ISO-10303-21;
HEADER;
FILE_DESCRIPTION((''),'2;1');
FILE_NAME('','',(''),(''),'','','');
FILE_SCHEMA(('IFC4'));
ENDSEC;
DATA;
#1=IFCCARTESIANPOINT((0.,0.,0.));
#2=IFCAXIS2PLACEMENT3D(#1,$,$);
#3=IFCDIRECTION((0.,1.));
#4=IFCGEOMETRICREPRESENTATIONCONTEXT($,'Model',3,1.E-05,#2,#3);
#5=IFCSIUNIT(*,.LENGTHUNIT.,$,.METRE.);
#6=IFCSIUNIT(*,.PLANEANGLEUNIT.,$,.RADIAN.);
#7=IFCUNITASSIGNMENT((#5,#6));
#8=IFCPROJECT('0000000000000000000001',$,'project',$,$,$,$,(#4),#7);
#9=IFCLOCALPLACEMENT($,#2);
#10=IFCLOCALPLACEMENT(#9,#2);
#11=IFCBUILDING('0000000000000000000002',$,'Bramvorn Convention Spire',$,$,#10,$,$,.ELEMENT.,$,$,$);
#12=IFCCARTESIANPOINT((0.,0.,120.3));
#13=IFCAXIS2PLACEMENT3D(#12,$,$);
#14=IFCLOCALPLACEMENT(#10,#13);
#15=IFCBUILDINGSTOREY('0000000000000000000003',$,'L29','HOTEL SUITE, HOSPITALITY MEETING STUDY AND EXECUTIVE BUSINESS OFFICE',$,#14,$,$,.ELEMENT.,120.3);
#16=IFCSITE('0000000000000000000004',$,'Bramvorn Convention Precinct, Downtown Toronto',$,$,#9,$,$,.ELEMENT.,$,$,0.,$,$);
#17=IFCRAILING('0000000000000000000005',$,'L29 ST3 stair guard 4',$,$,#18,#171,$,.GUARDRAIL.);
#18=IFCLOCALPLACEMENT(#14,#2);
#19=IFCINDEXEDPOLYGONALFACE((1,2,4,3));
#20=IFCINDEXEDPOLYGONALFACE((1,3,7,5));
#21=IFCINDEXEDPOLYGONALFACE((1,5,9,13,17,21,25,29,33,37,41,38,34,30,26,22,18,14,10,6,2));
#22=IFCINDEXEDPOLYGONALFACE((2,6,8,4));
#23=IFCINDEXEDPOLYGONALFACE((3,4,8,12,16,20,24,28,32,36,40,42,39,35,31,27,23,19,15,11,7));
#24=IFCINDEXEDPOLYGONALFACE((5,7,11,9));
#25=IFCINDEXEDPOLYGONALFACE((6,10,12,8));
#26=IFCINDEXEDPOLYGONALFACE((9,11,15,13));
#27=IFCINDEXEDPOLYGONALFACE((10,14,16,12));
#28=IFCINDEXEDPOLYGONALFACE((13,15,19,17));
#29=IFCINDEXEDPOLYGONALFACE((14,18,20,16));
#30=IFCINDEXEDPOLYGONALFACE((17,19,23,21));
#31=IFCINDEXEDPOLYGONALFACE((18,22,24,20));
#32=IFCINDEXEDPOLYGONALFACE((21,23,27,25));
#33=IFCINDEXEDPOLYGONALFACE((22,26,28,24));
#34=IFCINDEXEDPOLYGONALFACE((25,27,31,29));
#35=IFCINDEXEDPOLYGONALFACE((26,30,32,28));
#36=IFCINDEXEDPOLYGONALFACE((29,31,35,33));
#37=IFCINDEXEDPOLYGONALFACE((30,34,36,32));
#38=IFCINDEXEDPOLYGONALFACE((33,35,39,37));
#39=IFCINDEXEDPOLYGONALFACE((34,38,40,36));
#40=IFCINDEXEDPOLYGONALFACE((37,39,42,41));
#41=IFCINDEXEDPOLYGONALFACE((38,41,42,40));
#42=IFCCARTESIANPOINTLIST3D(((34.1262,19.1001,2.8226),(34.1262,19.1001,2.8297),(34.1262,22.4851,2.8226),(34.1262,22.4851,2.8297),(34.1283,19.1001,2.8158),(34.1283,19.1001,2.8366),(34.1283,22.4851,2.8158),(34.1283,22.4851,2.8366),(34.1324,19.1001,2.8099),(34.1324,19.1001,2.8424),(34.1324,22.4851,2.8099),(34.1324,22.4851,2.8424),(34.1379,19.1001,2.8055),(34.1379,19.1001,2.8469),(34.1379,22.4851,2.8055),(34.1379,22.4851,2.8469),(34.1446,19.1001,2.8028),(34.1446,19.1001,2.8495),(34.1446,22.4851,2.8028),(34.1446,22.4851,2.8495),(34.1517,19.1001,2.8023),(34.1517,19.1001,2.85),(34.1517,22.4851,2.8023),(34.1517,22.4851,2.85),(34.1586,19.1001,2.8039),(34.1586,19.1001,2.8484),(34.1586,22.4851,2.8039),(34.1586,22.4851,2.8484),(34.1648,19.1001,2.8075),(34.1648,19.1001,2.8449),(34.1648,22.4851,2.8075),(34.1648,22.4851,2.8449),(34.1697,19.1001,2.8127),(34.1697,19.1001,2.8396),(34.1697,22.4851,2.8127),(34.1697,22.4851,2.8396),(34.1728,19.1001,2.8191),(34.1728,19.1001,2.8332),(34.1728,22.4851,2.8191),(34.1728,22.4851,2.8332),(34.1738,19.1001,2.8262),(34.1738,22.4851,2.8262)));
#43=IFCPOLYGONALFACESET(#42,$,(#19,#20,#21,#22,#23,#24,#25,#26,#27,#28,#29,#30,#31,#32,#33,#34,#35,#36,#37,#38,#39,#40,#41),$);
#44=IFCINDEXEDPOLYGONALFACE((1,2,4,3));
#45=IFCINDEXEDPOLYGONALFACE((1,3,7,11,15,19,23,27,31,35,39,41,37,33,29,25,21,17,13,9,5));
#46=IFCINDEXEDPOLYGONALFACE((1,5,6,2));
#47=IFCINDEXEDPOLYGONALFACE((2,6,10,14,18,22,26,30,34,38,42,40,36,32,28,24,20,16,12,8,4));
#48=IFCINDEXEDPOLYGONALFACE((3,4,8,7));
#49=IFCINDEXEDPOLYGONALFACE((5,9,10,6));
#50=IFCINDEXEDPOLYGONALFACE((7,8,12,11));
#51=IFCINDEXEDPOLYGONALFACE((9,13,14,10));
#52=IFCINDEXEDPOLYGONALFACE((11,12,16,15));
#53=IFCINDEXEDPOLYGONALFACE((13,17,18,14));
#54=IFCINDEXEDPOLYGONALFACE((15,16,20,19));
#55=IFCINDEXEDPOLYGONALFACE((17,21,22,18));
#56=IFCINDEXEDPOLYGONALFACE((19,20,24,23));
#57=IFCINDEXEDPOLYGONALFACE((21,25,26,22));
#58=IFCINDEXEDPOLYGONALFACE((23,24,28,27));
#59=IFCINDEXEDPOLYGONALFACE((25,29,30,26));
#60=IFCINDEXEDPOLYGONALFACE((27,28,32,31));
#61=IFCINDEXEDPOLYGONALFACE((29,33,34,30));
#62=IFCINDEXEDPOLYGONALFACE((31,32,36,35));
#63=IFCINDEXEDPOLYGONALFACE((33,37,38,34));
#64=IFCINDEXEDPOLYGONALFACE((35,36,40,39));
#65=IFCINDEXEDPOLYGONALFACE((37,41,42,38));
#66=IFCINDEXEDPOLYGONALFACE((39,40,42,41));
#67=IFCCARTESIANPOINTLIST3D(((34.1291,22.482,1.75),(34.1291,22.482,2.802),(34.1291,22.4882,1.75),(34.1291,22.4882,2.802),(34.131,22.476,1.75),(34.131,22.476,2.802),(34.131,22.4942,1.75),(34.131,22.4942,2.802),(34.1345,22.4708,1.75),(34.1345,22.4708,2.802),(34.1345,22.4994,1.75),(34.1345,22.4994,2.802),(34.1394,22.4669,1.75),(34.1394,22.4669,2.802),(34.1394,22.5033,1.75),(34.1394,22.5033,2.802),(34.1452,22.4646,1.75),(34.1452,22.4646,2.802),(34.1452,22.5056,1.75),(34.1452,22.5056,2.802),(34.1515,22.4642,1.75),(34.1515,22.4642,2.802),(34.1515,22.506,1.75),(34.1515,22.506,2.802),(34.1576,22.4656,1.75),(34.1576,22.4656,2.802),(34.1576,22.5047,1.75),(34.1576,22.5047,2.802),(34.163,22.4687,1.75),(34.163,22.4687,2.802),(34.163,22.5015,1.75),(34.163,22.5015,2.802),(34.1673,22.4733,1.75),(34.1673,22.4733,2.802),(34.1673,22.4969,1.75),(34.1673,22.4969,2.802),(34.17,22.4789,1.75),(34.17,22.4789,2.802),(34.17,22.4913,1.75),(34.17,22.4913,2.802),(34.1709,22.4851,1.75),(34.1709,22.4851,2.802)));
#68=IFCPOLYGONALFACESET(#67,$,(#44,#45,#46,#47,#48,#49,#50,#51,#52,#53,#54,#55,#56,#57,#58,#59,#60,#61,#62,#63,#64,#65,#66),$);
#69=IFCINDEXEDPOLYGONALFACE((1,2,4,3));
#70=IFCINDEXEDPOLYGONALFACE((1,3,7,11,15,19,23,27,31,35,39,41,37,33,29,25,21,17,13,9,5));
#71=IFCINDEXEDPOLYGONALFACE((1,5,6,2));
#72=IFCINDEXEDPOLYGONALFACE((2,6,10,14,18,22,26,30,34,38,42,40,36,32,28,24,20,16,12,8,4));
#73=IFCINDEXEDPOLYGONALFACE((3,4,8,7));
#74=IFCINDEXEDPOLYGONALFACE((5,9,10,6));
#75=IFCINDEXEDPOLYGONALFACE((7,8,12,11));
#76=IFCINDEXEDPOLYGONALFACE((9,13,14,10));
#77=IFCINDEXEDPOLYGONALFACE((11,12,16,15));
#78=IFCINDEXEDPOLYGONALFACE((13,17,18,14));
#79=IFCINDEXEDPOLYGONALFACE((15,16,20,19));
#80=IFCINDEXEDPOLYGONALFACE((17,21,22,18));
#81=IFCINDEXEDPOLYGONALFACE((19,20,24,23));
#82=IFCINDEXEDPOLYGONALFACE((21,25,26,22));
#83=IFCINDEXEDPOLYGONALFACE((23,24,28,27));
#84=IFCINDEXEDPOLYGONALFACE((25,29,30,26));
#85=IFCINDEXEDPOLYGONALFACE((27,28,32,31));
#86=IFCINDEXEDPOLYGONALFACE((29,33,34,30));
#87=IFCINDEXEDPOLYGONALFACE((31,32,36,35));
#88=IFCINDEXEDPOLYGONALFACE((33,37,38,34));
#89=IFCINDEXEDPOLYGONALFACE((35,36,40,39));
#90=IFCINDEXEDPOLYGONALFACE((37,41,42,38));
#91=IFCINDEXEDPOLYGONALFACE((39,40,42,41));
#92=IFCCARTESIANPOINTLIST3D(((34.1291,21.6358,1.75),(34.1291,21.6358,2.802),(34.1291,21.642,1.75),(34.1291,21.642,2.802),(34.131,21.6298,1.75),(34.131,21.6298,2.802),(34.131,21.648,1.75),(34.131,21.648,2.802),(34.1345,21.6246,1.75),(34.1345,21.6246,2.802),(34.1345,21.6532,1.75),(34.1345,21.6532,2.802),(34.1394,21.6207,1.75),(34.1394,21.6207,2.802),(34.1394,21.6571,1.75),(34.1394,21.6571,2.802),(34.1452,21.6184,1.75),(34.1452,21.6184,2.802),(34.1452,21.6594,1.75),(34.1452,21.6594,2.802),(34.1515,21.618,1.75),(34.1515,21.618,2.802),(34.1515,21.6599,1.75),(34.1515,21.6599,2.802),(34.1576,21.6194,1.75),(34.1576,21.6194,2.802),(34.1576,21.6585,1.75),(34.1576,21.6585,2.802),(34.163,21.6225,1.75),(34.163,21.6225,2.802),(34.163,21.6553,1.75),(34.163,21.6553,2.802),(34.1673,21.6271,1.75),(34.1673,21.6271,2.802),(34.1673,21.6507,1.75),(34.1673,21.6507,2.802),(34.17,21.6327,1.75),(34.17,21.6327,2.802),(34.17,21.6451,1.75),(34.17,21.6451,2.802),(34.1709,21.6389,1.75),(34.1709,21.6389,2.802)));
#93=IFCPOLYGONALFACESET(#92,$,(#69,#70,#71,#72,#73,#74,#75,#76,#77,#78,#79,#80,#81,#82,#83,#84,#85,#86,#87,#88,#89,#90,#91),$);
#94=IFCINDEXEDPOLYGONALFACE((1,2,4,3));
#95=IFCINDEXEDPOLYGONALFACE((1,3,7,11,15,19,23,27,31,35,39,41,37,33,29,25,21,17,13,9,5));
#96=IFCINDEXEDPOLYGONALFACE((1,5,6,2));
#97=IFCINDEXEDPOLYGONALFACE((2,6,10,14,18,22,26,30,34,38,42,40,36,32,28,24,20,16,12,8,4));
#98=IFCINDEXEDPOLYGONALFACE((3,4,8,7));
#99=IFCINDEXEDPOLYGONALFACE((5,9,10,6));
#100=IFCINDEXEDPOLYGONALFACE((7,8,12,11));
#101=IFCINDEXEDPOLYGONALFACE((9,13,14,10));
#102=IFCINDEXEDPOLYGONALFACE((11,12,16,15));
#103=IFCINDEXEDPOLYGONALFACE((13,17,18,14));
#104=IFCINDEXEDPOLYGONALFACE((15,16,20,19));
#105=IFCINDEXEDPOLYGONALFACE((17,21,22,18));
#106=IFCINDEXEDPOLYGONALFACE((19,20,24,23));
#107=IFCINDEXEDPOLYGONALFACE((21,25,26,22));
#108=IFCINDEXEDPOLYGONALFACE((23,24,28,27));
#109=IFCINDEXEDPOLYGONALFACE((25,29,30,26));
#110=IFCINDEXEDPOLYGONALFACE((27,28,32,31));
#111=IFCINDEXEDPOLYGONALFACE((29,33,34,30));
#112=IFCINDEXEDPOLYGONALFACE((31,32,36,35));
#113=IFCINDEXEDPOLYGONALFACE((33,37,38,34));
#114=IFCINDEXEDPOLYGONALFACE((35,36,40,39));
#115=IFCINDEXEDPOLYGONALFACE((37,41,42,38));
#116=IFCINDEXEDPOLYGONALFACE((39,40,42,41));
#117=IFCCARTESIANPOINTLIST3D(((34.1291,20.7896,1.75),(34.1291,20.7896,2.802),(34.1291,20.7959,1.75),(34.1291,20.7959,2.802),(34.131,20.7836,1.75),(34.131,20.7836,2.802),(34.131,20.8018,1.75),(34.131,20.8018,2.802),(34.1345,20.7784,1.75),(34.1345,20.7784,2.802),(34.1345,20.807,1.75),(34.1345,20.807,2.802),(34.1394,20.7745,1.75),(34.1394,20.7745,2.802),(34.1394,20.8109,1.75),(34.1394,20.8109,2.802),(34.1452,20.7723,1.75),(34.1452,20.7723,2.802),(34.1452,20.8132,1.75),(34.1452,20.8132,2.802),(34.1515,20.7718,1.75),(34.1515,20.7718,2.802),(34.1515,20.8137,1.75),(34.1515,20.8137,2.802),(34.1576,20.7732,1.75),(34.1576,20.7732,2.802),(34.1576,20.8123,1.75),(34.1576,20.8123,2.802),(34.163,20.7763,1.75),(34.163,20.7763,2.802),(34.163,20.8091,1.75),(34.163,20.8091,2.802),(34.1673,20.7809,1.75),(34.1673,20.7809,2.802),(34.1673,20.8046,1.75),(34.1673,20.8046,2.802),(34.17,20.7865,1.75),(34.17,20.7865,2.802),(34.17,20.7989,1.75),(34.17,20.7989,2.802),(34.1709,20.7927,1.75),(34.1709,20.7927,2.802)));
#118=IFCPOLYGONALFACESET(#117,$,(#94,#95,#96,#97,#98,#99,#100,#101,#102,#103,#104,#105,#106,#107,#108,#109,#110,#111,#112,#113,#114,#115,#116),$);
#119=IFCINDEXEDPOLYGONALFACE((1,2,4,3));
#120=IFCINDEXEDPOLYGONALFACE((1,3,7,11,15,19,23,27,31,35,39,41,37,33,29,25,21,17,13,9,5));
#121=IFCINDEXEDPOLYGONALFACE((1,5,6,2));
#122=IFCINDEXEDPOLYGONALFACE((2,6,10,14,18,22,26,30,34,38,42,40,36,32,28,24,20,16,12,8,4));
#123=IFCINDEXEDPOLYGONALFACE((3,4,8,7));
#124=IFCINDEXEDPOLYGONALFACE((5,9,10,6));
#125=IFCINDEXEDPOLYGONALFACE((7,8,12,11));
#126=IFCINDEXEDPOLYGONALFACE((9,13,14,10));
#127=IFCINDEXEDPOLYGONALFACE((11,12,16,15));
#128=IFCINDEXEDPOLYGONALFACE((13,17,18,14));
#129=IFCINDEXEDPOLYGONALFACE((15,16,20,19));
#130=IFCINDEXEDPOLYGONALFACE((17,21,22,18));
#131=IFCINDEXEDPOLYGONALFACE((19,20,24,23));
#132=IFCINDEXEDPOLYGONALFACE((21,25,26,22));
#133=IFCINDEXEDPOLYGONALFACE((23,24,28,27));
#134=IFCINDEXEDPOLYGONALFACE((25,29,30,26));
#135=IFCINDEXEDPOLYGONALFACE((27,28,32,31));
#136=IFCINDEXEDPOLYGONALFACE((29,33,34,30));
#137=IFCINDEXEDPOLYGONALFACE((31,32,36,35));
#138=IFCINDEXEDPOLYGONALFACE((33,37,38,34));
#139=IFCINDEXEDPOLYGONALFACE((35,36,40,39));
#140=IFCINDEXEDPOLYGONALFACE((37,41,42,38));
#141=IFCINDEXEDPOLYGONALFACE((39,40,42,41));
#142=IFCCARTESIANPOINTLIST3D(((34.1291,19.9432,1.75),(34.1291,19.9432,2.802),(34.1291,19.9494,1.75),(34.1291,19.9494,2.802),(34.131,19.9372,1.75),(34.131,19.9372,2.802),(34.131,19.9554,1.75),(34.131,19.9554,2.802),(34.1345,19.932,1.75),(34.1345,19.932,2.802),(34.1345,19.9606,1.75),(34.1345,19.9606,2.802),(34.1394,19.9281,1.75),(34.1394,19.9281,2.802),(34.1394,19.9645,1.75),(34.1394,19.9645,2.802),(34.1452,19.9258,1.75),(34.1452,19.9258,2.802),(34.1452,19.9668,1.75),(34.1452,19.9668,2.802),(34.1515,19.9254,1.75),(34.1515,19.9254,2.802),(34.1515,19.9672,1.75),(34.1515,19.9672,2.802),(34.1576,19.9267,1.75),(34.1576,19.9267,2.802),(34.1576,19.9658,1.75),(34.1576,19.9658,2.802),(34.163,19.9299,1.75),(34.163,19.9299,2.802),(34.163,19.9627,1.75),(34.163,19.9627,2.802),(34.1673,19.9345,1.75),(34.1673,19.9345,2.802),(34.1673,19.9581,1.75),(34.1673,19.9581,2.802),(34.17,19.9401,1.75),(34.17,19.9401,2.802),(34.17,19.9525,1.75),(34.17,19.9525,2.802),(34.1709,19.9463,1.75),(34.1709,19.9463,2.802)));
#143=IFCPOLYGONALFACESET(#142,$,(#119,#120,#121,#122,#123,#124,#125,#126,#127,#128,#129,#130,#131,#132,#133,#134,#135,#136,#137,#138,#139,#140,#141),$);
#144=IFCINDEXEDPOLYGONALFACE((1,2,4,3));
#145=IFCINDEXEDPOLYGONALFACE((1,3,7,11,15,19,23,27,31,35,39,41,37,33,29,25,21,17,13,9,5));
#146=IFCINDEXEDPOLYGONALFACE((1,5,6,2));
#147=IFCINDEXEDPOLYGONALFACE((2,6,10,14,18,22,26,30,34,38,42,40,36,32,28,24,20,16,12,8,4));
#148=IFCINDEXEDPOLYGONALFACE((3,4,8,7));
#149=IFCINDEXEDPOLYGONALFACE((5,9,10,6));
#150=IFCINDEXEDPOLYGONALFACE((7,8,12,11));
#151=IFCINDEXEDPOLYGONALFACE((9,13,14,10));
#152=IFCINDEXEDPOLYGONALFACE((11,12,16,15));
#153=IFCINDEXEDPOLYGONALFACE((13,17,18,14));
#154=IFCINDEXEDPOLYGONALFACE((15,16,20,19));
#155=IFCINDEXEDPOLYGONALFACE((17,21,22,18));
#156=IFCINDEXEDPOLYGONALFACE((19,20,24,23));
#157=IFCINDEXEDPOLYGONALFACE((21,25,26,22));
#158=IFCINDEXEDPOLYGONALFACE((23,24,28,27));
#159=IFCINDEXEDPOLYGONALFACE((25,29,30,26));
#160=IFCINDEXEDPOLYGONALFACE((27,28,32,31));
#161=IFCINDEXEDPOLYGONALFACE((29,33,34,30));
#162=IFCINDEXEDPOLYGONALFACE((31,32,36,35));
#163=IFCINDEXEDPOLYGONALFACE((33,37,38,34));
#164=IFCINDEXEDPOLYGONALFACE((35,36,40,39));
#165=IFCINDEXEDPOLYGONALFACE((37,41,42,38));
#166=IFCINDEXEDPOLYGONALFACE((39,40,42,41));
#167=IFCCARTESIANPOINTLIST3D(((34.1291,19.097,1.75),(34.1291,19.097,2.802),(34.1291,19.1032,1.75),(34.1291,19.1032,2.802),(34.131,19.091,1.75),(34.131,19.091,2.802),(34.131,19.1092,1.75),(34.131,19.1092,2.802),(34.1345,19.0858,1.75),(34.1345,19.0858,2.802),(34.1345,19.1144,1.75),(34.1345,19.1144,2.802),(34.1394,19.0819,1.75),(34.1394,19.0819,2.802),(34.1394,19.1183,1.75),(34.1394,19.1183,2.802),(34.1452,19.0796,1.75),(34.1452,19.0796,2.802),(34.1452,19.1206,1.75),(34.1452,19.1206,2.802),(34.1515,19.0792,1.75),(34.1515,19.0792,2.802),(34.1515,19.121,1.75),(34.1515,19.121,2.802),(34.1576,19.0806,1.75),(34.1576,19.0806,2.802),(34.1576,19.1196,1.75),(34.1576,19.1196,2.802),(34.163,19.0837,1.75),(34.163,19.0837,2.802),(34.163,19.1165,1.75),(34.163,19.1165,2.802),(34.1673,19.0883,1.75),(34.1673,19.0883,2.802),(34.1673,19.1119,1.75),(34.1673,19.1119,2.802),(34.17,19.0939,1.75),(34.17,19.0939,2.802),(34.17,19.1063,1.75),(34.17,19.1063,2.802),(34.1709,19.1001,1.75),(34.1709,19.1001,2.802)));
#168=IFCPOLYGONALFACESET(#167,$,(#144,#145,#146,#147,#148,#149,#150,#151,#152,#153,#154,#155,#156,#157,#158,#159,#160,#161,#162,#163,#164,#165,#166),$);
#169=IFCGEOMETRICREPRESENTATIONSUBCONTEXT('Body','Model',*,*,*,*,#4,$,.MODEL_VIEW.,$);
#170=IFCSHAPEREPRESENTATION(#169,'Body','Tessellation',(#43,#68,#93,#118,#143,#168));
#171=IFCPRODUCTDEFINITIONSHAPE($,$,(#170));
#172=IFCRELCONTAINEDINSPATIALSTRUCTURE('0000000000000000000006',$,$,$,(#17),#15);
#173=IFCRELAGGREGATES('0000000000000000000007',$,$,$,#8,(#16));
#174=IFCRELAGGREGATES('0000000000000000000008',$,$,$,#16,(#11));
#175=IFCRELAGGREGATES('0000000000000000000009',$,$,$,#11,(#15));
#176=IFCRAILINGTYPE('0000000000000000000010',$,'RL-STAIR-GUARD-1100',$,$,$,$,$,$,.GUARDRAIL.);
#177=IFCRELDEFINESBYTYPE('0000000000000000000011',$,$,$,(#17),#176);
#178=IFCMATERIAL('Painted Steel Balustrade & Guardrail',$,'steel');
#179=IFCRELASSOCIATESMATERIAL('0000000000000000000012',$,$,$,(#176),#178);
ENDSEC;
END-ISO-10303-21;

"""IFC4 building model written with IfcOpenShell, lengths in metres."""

from ifc_helpers import new_model, si_unit, direction, frame, origin, origin_2d, place, context, subcontext, project, spatial, circle, extrude, material, type_object, element, save


model = new_model("IFC4")

# Units and contexts
model_context = context("Model", 3, precision=1e-05, world=origin(), true_north=direction((0.0, 1.0)))
body_context = subcontext(model_context, "Body", "Model", "MODEL_VIEW")
ifc_project = project(units=[si_unit("LENGTHUNIT", "METRE"), si_unit("PLANEANGLEUNIT", "RADIAN")], contexts=[model_context])

# Site, building, storey
site_placement = place(None, origin())
site = spatial("IfcSite", under=ifc_project, at=site_placement, Name="Bramvorn Convention Precinct, Downtown Toronto", CompositionType="ELEMENT", RefElevation=0.0)
building_placement = place(site_placement, origin())
building = spatial("IfcBuilding", under=site, at=building_placement, Name="Bramvorn Convention Spire", CompositionType="ELEMENT")
storey_placement = place(building_placement, frame((0.0, 0.0, 120.3)))
storey = spatial("IfcBuildingStorey", under=building, at=storey_placement, Name="L29", Description="HOTEL SUITE, HOSPITALITY MEETING STUDY AND EXECUTIVE BUSINESS OFFICE", CompositionType="ELEMENT", Elevation=120.3)

# Railing
ifc_material_1 = material(Name="Painted Steel Balustrade & Guardrail", Category="steel")
railing_type_1 = type_object("IfcRailingType", Name="RL-STAIR-GUARD-1100", PredefinedType="GUARDRAIL", material=ifc_material_1)
for number, where, name in (
    (1, (34.1499, 22.4851, 1.75), "L29 ST3 stair guard 4"),
):
    element("IfcRailing", number, at=place(storey_placement, frame(where)), inside=storey, type_object=railing_type_1, Name=name, PredefinedType="GUARDRAIL", context=body_context, shape_type="SweptSolid", body=[
        extrude(circle(Radius=0.0239, at=origin_2d()), frame((0.0, 0.0, 1.0762), z_axis=(0.0, -1.0, 0.0), x_axis=(1.0, 0.0, 0.0)), (0.0, 0.0, 1.0), 3.385),
        extrude(circle(Radius=0.021, at=origin_2d()), origin(), (0.0, 0.0, 1.0), 1.052),
        extrude(circle(Radius=0.021, at=origin_2d()), frame((0.0, -0.8462, 0.0)), (0.0, 0.0, 1.0), 1.052),
        extrude(circle(Radius=0.021, at=origin_2d()), frame((0.0, -1.6924, 0.0)), (0.0, 0.0, 1.0), 1.052),
        extrude(circle(Radius=0.021, at=origin_2d()), frame((0.0, -2.5388, 0.0)), (0.0, 0.0, 1.0), 1.052),
        extrude(circle(Radius=0.021, at=origin_2d()), frame((0.0, -3.385, 0.0)), (0.0, 0.0, 1.0), 1.052),
    ])

save(model, "model.ifc")
